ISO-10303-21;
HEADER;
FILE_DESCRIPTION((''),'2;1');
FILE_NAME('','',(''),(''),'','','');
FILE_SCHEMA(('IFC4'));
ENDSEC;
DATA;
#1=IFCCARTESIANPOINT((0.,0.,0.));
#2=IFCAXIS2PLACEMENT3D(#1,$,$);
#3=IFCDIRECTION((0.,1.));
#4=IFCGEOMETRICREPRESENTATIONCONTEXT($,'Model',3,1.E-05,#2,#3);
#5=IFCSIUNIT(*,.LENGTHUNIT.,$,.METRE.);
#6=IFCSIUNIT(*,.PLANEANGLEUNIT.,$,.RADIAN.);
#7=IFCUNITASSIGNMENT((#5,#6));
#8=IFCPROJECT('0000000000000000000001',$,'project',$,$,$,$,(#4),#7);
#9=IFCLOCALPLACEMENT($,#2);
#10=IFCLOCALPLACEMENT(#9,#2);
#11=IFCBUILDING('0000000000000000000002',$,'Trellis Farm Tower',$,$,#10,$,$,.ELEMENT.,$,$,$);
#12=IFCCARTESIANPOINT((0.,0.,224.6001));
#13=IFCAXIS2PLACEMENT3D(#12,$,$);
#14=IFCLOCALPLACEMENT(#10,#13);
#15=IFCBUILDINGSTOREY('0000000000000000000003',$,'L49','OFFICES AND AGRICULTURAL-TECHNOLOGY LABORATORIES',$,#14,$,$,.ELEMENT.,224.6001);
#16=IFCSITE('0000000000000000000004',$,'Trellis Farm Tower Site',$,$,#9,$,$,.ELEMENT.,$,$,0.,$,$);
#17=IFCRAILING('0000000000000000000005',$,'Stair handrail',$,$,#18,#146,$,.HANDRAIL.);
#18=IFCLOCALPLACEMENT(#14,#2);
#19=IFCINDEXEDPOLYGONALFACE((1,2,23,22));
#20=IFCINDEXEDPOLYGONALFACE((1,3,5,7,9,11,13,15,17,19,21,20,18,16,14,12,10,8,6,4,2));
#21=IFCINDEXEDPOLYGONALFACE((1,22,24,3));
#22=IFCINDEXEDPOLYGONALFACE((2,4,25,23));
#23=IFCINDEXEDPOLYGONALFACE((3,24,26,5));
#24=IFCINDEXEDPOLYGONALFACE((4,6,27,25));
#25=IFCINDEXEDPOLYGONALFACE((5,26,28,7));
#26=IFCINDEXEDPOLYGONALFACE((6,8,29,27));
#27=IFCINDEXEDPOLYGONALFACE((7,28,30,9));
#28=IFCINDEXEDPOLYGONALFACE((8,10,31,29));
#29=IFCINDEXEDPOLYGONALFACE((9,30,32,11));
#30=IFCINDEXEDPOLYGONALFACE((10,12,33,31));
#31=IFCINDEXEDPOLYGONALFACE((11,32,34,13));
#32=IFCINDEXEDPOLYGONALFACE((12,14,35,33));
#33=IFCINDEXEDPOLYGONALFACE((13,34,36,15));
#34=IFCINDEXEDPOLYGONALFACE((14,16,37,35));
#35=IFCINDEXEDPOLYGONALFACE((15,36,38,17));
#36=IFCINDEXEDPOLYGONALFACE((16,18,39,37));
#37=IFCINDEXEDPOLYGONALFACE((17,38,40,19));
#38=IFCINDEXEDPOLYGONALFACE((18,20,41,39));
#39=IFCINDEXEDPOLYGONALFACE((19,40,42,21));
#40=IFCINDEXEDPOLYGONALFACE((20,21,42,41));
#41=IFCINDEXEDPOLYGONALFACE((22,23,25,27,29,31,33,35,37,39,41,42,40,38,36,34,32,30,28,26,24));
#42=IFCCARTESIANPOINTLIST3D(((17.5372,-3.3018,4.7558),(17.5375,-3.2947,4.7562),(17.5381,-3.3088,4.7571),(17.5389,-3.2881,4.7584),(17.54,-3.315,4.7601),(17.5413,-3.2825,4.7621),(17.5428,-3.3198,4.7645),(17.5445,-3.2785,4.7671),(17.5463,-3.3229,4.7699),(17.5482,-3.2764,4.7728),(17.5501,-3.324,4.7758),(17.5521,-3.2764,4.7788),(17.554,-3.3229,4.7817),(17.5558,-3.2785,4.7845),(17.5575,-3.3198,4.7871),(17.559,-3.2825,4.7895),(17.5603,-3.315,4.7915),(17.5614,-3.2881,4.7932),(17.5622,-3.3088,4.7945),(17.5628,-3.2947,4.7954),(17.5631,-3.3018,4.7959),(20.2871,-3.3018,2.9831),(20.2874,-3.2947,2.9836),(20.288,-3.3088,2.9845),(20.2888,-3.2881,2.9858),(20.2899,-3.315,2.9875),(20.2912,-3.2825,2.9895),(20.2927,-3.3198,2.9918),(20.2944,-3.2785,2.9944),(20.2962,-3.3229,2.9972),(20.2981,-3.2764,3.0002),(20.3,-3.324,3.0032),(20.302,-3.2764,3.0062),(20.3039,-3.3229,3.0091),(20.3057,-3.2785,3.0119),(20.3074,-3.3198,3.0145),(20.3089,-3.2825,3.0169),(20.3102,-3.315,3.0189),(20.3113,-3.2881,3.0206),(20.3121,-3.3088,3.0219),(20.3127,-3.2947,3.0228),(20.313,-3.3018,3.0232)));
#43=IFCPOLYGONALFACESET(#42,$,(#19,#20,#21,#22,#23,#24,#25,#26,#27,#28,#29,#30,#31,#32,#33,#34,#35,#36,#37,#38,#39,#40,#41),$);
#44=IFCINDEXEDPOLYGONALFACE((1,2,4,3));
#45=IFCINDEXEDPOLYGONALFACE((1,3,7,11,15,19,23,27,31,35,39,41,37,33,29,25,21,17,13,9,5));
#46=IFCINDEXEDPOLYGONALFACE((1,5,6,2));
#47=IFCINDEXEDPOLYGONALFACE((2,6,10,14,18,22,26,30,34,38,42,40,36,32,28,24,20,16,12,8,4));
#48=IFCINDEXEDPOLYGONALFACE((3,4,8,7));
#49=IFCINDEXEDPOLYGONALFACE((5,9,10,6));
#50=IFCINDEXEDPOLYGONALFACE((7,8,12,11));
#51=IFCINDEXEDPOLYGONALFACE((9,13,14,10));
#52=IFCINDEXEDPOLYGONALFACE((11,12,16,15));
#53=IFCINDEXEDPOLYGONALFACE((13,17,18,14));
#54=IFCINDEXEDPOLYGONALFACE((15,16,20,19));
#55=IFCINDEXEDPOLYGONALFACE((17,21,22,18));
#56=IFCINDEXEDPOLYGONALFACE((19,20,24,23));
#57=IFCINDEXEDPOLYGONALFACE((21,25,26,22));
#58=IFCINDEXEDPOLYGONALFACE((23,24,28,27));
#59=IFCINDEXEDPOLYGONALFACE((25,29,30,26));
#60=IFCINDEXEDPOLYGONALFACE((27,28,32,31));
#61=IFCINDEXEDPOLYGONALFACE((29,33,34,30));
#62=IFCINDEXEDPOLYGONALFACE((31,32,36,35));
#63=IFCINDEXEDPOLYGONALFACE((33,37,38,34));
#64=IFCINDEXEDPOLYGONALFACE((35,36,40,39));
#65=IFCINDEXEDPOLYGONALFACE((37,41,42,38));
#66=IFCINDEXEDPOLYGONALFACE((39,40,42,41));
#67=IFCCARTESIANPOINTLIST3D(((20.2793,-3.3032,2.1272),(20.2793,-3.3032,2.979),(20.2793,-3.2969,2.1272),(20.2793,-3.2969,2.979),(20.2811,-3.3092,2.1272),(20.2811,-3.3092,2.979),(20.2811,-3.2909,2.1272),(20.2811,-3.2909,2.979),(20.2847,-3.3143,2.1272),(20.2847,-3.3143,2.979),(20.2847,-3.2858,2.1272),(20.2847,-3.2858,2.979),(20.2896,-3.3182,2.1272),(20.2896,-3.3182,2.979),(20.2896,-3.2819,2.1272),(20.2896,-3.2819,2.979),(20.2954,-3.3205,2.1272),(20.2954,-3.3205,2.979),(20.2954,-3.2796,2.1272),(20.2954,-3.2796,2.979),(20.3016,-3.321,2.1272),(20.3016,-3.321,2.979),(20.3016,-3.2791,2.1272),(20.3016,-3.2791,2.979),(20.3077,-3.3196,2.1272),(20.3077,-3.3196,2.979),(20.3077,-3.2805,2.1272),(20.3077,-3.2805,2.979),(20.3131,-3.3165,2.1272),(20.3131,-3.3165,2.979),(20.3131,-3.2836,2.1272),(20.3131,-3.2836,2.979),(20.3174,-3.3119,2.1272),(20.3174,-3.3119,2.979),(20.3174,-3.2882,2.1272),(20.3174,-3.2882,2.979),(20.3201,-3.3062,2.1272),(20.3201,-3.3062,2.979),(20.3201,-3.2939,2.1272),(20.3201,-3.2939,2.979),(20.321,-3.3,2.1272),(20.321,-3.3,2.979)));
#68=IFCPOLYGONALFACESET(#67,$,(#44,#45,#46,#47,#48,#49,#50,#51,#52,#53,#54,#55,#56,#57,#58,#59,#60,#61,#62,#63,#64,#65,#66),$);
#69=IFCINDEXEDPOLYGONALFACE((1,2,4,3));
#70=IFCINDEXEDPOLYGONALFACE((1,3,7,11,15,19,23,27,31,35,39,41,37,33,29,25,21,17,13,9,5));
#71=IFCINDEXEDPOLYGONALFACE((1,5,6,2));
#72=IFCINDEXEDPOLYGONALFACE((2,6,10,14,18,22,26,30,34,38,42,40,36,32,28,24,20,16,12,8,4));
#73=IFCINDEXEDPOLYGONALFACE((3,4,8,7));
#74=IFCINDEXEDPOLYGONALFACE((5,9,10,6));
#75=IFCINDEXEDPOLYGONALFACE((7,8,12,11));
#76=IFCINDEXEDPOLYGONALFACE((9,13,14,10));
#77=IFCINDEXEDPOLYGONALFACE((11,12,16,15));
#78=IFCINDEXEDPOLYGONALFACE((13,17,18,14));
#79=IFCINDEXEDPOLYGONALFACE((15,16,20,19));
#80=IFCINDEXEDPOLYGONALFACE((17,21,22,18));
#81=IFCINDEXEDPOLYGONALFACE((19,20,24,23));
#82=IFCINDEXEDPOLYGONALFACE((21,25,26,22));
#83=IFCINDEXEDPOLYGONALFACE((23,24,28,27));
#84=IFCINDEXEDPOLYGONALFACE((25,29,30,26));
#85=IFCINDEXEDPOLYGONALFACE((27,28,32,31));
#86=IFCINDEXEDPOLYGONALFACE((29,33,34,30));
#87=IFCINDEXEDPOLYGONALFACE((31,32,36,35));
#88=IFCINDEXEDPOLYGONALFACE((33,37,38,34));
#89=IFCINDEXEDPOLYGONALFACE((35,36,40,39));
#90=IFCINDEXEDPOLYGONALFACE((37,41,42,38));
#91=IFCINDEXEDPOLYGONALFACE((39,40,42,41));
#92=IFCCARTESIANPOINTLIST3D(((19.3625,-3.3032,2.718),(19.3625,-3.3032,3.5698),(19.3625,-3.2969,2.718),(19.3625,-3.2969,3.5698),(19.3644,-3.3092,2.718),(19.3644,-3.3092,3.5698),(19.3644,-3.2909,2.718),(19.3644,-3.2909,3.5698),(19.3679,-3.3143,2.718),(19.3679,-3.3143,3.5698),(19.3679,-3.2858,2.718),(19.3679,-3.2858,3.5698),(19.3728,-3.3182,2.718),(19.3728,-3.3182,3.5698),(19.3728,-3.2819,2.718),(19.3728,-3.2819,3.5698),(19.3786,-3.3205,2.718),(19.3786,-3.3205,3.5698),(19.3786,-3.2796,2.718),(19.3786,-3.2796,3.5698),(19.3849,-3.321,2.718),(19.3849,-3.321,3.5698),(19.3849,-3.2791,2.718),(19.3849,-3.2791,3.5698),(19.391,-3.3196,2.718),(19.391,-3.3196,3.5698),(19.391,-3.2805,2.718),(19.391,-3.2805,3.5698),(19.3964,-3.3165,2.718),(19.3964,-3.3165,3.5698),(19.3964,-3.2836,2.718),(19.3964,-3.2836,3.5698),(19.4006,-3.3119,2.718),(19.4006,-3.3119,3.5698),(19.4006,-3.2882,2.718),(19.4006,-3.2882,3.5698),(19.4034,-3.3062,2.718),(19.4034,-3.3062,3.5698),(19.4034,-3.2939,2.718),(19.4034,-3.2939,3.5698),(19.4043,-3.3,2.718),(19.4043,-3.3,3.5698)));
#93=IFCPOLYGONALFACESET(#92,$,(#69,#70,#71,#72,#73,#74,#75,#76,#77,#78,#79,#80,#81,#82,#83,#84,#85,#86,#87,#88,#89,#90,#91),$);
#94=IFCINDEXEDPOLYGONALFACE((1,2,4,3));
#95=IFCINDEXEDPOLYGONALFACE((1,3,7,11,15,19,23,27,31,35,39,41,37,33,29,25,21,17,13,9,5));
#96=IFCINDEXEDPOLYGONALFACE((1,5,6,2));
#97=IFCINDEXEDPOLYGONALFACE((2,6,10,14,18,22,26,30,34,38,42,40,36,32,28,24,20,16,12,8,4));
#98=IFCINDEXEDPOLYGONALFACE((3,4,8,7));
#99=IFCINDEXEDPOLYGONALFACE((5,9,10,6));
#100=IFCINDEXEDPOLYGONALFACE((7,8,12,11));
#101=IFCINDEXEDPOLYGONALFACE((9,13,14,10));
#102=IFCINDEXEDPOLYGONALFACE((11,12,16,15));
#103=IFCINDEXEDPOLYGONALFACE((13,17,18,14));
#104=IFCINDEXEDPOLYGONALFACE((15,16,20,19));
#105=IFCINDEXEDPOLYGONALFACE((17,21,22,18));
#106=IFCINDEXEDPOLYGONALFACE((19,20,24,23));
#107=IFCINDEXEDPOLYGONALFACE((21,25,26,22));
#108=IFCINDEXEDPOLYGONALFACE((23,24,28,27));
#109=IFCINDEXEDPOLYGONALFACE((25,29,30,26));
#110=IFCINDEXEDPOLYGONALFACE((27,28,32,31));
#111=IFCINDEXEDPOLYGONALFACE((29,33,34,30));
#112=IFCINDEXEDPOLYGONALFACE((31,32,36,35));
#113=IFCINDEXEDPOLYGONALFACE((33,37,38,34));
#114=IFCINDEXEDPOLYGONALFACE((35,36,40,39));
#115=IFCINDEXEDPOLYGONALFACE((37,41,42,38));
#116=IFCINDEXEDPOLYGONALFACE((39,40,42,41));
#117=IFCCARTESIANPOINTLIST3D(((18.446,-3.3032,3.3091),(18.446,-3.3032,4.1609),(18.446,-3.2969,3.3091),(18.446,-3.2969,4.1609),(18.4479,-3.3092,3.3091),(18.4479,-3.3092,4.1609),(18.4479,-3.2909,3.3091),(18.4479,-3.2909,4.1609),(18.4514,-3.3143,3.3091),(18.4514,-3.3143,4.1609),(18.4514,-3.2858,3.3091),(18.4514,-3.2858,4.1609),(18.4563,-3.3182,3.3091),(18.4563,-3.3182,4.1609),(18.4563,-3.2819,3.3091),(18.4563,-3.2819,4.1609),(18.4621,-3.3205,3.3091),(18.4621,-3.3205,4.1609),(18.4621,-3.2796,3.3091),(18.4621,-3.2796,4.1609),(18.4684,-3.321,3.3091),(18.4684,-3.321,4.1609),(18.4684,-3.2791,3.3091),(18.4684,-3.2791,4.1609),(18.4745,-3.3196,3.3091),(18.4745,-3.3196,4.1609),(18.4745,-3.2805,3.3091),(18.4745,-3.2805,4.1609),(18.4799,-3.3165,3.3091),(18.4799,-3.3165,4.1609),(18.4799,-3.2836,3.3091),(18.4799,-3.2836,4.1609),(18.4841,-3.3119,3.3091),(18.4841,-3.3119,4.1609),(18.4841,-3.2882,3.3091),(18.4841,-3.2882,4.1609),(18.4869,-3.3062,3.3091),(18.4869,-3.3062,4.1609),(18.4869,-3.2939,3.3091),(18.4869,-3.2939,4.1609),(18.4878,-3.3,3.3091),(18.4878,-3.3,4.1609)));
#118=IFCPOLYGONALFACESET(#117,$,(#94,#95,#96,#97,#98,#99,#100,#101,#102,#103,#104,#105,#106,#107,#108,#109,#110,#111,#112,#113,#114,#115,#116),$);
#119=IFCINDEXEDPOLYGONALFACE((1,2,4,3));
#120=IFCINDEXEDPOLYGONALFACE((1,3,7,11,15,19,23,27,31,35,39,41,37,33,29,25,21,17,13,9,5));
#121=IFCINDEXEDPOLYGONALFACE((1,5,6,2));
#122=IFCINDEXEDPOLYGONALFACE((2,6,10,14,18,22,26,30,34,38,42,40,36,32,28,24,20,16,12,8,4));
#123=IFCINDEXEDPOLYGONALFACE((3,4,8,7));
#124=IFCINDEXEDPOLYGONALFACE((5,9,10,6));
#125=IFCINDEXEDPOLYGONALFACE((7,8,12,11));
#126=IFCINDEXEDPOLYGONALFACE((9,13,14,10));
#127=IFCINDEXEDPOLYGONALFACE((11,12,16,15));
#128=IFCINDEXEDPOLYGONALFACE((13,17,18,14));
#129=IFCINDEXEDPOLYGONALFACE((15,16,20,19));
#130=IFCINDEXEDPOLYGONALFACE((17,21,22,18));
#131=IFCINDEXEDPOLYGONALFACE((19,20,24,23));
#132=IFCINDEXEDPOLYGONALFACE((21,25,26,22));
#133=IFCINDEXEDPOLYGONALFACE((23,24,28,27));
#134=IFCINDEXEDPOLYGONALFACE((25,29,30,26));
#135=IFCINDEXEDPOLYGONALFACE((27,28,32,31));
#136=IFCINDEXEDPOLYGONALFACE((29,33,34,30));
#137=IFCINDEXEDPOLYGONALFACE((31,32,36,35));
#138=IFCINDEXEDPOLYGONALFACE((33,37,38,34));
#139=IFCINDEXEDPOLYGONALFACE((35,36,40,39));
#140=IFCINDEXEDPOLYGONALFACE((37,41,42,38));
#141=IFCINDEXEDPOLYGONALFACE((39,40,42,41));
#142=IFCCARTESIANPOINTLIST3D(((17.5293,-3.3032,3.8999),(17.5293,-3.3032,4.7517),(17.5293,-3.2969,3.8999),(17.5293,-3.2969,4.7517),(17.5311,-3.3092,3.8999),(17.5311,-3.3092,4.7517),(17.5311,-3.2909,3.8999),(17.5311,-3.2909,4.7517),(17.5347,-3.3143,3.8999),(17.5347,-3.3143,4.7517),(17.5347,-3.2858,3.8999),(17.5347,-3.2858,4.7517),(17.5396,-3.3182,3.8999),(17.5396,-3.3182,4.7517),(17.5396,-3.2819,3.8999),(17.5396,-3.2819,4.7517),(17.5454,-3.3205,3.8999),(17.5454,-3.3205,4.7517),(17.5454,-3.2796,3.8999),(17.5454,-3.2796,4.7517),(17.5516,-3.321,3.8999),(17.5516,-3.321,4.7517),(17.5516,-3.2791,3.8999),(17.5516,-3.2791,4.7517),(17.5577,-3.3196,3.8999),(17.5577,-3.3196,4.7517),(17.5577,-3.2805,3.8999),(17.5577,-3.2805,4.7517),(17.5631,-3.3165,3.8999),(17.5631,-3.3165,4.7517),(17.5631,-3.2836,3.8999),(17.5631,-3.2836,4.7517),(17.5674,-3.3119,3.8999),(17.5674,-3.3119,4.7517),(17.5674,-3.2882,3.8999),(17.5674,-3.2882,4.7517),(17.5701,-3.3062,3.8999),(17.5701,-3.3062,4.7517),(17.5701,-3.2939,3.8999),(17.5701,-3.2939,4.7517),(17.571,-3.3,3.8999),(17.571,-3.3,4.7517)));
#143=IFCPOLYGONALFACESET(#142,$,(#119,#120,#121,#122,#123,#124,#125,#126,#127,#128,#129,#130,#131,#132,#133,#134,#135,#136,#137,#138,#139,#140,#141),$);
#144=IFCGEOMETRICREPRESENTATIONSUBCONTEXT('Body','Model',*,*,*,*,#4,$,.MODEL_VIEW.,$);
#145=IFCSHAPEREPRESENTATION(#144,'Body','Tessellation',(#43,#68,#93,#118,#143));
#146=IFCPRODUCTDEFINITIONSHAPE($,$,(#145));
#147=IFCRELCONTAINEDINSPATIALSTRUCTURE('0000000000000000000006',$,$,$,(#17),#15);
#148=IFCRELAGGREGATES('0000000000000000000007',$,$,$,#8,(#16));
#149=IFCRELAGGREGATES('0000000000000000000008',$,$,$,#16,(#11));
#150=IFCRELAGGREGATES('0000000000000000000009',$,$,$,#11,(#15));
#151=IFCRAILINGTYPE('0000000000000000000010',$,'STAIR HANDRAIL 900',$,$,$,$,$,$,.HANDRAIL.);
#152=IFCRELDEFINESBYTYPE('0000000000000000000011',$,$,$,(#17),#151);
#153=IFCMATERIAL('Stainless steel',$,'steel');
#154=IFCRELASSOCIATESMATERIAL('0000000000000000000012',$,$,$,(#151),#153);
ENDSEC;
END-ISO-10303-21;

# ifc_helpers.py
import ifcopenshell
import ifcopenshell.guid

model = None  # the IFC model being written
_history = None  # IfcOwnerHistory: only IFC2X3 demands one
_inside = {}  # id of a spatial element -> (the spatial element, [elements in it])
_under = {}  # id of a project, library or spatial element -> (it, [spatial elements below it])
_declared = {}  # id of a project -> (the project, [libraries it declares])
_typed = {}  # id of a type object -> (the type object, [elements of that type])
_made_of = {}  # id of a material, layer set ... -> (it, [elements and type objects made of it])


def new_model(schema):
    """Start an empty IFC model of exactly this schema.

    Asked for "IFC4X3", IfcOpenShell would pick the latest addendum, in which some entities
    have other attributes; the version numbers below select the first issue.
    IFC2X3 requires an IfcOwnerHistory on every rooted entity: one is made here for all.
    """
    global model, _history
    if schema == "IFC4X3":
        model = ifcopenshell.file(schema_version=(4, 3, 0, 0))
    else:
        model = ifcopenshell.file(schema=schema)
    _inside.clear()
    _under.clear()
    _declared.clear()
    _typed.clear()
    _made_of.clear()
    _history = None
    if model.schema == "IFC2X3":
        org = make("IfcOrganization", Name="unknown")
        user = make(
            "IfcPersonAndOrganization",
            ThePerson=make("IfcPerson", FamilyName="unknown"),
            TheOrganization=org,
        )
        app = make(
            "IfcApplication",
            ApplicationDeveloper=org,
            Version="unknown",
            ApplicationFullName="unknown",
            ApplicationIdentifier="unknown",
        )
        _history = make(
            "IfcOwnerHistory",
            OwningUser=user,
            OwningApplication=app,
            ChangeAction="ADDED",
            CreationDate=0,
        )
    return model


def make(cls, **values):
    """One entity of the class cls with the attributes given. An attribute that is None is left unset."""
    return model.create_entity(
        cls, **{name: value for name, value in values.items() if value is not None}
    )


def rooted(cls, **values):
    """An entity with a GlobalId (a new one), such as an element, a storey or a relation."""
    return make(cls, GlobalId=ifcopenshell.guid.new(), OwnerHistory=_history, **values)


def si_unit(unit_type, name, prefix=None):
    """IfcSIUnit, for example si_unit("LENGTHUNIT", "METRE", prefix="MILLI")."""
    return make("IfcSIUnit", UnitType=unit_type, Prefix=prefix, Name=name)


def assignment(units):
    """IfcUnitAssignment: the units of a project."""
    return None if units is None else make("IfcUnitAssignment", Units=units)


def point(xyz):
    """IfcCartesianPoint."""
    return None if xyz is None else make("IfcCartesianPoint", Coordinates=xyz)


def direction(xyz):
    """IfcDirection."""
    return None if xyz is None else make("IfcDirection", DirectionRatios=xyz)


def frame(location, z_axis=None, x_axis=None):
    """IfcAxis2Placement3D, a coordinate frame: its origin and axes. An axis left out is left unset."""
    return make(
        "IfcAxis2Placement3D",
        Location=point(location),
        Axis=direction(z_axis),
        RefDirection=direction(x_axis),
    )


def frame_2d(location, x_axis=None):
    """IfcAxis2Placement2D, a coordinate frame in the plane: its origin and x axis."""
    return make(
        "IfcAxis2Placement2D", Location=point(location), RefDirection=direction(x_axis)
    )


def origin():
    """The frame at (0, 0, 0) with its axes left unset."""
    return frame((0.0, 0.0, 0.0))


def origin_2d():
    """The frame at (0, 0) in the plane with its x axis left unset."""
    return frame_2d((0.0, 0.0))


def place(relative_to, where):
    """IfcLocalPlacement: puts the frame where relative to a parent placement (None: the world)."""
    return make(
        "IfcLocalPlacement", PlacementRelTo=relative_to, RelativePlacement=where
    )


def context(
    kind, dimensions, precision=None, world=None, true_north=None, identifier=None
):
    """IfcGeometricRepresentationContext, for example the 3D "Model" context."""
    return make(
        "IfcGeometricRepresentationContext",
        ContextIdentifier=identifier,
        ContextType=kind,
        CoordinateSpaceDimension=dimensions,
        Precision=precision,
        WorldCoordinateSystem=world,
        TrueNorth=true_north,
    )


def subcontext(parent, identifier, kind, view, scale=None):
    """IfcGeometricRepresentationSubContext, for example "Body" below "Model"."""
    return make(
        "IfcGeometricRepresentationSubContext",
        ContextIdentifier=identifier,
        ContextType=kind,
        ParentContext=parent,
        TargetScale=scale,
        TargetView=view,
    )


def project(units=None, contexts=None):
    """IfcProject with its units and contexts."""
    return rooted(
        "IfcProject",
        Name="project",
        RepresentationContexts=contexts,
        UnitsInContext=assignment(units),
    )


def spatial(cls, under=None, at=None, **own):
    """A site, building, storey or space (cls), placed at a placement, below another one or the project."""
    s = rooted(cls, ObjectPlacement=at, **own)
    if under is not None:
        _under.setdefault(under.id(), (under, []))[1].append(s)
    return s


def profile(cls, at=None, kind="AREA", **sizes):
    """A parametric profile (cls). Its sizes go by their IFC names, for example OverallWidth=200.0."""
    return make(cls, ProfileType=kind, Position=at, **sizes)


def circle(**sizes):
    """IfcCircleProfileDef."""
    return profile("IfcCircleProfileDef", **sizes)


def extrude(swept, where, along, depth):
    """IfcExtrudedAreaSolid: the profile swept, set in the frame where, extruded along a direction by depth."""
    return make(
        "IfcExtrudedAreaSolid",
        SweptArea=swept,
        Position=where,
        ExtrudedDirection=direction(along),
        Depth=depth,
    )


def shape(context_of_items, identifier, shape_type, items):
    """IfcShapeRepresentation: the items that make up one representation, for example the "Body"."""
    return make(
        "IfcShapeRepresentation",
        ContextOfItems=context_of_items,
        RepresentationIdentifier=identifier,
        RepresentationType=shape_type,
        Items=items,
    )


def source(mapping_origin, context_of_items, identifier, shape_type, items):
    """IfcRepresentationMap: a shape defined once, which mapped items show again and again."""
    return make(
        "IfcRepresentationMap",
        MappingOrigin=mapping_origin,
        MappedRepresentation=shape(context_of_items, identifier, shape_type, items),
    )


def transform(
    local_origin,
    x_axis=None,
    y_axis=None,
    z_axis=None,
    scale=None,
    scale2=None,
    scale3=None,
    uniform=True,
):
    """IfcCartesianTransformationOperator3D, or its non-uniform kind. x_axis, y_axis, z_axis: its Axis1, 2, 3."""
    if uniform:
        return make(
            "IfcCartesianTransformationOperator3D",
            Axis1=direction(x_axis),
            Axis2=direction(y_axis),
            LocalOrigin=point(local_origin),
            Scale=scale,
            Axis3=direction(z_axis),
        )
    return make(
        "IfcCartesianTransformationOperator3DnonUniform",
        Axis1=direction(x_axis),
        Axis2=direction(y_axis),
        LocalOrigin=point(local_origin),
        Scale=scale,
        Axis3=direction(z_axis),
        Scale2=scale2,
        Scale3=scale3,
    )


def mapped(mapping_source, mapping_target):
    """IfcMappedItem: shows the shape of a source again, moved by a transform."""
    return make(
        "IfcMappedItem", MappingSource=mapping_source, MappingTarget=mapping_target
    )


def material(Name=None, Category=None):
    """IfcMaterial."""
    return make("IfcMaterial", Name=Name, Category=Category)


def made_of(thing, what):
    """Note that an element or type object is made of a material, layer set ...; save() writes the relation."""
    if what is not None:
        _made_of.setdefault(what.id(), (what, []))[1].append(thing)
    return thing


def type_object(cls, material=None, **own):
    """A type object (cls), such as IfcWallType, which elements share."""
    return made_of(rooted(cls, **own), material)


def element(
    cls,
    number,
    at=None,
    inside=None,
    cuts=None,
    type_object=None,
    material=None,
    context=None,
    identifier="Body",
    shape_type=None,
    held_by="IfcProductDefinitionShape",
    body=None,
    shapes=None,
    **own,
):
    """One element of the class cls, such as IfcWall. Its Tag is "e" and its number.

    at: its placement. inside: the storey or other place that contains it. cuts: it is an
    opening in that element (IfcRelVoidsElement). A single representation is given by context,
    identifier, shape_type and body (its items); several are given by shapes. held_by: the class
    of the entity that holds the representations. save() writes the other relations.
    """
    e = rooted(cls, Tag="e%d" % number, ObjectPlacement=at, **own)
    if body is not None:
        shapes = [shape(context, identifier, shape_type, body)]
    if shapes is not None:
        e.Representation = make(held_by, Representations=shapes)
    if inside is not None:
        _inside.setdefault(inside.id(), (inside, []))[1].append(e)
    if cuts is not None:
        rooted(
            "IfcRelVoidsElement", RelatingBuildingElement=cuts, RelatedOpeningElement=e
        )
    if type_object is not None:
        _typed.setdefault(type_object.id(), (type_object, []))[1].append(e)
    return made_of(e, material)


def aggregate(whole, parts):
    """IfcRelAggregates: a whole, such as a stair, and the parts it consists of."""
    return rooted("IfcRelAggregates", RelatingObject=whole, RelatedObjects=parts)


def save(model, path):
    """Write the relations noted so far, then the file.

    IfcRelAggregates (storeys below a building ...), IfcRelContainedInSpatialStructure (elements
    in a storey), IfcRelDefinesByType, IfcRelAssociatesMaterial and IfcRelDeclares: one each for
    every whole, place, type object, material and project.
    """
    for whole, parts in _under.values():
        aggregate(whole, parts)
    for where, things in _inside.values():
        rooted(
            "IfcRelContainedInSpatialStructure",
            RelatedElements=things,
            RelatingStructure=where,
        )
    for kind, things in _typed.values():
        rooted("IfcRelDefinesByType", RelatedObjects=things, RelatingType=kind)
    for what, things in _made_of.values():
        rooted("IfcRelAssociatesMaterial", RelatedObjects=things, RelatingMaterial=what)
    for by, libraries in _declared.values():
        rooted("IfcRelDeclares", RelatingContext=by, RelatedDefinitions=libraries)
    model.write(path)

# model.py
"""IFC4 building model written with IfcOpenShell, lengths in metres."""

from ifc_helpers import new_model, si_unit, direction, frame, origin, origin_2d, place, context, subcontext, project, spatial, circle, extrude, source, transform, mapped, material, type_object, element, save


model = new_model("IFC4")

# Units and contexts
model_context = context("Model", 3, precision=1e-05, world=origin(), true_north=direction((0.0, 1.0)))
body_context = subcontext(model_context, "Body", "Model", "MODEL_VIEW")
ifc_project = project(units=[si_unit("LENGTHUNIT", "METRE"), si_unit("PLANEANGLEUNIT", "RADIAN")], contexts=[model_context])

# Site, building, storey
site_placement = place(None, origin())
site = spatial("IfcSite", under=ifc_project, at=site_placement, Name="Trellis Farm Tower Site", CompositionType="ELEMENT", RefElevation=0.0)
building_placement = place(site_placement, origin())
building = spatial("IfcBuilding", under=site, at=building_placement, Name="Trellis Farm Tower", CompositionType="ELEMENT")
storey_placement = place(building_placement, frame((0.0, 0.0, 224.6001)))
storey = spatial("IfcBuildingStorey", under=building, at=storey_placement, Name="L49", Description="OFFICES AND AGRICULTURAL-TECHNOLOGY LABORATORIES", CompositionType="ELEMENT", Elevation=224.6001)

# Railing
ifc_material_1 = material(Name="Stainless steel", Category="steel")
railing_type = type_object("IfcRailingType", Name="STAIR HANDRAIL 900", PredefinedType="HANDRAIL", material=ifc_material_1)
shared_shape_1 = source(origin(), body_context, "Body", "SweptSolid", [
    extrude(circle(Radius=0.0239, at=origin_2d()), frame((0.0, 0.0, 0.876), z_axis=(-0.840504, 0.0, 0.541806), x_axis=(0.0, -1.0, 0.0)), (0.0, 0.0, 1.0), 3.2717),
    extrude(circle(Radius=0.021, at=origin_2d()), origin(), (0.0, 0.0, 1.0), 0.8518),
    extrude(circle(Radius=0.021, at=origin_2d()), frame((-0.9167, 0.0, 0.5908)), (0.0, 0.0, 1.0), 0.8518),
    extrude(circle(Radius=0.021, at=origin_2d()), frame((-1.8333, 0.0, 1.1819)), (0.0, 0.0, 1.0), 0.8518),
    extrude(circle(Radius=0.021, at=origin_2d()), frame((-2.75, 0.0, 1.7727)), (0.0, 0.0, 1.0), 0.8518),
])
for number, where, name in (
    (1, (20.3, -3.3, 2.1272), "Stair handrail"),
):
    element("IfcRailing", number, at=place(storey_placement, frame(where)), inside=storey, type_object=railing_type, Name=name, PredefinedType="HANDRAIL", context=body_context, shape_type="MappedRepresentation", body=[
        mapped(shared_shape_1, transform((0.0, 0.0, 0.0))),
    ])

save(model, "model.ifc")
